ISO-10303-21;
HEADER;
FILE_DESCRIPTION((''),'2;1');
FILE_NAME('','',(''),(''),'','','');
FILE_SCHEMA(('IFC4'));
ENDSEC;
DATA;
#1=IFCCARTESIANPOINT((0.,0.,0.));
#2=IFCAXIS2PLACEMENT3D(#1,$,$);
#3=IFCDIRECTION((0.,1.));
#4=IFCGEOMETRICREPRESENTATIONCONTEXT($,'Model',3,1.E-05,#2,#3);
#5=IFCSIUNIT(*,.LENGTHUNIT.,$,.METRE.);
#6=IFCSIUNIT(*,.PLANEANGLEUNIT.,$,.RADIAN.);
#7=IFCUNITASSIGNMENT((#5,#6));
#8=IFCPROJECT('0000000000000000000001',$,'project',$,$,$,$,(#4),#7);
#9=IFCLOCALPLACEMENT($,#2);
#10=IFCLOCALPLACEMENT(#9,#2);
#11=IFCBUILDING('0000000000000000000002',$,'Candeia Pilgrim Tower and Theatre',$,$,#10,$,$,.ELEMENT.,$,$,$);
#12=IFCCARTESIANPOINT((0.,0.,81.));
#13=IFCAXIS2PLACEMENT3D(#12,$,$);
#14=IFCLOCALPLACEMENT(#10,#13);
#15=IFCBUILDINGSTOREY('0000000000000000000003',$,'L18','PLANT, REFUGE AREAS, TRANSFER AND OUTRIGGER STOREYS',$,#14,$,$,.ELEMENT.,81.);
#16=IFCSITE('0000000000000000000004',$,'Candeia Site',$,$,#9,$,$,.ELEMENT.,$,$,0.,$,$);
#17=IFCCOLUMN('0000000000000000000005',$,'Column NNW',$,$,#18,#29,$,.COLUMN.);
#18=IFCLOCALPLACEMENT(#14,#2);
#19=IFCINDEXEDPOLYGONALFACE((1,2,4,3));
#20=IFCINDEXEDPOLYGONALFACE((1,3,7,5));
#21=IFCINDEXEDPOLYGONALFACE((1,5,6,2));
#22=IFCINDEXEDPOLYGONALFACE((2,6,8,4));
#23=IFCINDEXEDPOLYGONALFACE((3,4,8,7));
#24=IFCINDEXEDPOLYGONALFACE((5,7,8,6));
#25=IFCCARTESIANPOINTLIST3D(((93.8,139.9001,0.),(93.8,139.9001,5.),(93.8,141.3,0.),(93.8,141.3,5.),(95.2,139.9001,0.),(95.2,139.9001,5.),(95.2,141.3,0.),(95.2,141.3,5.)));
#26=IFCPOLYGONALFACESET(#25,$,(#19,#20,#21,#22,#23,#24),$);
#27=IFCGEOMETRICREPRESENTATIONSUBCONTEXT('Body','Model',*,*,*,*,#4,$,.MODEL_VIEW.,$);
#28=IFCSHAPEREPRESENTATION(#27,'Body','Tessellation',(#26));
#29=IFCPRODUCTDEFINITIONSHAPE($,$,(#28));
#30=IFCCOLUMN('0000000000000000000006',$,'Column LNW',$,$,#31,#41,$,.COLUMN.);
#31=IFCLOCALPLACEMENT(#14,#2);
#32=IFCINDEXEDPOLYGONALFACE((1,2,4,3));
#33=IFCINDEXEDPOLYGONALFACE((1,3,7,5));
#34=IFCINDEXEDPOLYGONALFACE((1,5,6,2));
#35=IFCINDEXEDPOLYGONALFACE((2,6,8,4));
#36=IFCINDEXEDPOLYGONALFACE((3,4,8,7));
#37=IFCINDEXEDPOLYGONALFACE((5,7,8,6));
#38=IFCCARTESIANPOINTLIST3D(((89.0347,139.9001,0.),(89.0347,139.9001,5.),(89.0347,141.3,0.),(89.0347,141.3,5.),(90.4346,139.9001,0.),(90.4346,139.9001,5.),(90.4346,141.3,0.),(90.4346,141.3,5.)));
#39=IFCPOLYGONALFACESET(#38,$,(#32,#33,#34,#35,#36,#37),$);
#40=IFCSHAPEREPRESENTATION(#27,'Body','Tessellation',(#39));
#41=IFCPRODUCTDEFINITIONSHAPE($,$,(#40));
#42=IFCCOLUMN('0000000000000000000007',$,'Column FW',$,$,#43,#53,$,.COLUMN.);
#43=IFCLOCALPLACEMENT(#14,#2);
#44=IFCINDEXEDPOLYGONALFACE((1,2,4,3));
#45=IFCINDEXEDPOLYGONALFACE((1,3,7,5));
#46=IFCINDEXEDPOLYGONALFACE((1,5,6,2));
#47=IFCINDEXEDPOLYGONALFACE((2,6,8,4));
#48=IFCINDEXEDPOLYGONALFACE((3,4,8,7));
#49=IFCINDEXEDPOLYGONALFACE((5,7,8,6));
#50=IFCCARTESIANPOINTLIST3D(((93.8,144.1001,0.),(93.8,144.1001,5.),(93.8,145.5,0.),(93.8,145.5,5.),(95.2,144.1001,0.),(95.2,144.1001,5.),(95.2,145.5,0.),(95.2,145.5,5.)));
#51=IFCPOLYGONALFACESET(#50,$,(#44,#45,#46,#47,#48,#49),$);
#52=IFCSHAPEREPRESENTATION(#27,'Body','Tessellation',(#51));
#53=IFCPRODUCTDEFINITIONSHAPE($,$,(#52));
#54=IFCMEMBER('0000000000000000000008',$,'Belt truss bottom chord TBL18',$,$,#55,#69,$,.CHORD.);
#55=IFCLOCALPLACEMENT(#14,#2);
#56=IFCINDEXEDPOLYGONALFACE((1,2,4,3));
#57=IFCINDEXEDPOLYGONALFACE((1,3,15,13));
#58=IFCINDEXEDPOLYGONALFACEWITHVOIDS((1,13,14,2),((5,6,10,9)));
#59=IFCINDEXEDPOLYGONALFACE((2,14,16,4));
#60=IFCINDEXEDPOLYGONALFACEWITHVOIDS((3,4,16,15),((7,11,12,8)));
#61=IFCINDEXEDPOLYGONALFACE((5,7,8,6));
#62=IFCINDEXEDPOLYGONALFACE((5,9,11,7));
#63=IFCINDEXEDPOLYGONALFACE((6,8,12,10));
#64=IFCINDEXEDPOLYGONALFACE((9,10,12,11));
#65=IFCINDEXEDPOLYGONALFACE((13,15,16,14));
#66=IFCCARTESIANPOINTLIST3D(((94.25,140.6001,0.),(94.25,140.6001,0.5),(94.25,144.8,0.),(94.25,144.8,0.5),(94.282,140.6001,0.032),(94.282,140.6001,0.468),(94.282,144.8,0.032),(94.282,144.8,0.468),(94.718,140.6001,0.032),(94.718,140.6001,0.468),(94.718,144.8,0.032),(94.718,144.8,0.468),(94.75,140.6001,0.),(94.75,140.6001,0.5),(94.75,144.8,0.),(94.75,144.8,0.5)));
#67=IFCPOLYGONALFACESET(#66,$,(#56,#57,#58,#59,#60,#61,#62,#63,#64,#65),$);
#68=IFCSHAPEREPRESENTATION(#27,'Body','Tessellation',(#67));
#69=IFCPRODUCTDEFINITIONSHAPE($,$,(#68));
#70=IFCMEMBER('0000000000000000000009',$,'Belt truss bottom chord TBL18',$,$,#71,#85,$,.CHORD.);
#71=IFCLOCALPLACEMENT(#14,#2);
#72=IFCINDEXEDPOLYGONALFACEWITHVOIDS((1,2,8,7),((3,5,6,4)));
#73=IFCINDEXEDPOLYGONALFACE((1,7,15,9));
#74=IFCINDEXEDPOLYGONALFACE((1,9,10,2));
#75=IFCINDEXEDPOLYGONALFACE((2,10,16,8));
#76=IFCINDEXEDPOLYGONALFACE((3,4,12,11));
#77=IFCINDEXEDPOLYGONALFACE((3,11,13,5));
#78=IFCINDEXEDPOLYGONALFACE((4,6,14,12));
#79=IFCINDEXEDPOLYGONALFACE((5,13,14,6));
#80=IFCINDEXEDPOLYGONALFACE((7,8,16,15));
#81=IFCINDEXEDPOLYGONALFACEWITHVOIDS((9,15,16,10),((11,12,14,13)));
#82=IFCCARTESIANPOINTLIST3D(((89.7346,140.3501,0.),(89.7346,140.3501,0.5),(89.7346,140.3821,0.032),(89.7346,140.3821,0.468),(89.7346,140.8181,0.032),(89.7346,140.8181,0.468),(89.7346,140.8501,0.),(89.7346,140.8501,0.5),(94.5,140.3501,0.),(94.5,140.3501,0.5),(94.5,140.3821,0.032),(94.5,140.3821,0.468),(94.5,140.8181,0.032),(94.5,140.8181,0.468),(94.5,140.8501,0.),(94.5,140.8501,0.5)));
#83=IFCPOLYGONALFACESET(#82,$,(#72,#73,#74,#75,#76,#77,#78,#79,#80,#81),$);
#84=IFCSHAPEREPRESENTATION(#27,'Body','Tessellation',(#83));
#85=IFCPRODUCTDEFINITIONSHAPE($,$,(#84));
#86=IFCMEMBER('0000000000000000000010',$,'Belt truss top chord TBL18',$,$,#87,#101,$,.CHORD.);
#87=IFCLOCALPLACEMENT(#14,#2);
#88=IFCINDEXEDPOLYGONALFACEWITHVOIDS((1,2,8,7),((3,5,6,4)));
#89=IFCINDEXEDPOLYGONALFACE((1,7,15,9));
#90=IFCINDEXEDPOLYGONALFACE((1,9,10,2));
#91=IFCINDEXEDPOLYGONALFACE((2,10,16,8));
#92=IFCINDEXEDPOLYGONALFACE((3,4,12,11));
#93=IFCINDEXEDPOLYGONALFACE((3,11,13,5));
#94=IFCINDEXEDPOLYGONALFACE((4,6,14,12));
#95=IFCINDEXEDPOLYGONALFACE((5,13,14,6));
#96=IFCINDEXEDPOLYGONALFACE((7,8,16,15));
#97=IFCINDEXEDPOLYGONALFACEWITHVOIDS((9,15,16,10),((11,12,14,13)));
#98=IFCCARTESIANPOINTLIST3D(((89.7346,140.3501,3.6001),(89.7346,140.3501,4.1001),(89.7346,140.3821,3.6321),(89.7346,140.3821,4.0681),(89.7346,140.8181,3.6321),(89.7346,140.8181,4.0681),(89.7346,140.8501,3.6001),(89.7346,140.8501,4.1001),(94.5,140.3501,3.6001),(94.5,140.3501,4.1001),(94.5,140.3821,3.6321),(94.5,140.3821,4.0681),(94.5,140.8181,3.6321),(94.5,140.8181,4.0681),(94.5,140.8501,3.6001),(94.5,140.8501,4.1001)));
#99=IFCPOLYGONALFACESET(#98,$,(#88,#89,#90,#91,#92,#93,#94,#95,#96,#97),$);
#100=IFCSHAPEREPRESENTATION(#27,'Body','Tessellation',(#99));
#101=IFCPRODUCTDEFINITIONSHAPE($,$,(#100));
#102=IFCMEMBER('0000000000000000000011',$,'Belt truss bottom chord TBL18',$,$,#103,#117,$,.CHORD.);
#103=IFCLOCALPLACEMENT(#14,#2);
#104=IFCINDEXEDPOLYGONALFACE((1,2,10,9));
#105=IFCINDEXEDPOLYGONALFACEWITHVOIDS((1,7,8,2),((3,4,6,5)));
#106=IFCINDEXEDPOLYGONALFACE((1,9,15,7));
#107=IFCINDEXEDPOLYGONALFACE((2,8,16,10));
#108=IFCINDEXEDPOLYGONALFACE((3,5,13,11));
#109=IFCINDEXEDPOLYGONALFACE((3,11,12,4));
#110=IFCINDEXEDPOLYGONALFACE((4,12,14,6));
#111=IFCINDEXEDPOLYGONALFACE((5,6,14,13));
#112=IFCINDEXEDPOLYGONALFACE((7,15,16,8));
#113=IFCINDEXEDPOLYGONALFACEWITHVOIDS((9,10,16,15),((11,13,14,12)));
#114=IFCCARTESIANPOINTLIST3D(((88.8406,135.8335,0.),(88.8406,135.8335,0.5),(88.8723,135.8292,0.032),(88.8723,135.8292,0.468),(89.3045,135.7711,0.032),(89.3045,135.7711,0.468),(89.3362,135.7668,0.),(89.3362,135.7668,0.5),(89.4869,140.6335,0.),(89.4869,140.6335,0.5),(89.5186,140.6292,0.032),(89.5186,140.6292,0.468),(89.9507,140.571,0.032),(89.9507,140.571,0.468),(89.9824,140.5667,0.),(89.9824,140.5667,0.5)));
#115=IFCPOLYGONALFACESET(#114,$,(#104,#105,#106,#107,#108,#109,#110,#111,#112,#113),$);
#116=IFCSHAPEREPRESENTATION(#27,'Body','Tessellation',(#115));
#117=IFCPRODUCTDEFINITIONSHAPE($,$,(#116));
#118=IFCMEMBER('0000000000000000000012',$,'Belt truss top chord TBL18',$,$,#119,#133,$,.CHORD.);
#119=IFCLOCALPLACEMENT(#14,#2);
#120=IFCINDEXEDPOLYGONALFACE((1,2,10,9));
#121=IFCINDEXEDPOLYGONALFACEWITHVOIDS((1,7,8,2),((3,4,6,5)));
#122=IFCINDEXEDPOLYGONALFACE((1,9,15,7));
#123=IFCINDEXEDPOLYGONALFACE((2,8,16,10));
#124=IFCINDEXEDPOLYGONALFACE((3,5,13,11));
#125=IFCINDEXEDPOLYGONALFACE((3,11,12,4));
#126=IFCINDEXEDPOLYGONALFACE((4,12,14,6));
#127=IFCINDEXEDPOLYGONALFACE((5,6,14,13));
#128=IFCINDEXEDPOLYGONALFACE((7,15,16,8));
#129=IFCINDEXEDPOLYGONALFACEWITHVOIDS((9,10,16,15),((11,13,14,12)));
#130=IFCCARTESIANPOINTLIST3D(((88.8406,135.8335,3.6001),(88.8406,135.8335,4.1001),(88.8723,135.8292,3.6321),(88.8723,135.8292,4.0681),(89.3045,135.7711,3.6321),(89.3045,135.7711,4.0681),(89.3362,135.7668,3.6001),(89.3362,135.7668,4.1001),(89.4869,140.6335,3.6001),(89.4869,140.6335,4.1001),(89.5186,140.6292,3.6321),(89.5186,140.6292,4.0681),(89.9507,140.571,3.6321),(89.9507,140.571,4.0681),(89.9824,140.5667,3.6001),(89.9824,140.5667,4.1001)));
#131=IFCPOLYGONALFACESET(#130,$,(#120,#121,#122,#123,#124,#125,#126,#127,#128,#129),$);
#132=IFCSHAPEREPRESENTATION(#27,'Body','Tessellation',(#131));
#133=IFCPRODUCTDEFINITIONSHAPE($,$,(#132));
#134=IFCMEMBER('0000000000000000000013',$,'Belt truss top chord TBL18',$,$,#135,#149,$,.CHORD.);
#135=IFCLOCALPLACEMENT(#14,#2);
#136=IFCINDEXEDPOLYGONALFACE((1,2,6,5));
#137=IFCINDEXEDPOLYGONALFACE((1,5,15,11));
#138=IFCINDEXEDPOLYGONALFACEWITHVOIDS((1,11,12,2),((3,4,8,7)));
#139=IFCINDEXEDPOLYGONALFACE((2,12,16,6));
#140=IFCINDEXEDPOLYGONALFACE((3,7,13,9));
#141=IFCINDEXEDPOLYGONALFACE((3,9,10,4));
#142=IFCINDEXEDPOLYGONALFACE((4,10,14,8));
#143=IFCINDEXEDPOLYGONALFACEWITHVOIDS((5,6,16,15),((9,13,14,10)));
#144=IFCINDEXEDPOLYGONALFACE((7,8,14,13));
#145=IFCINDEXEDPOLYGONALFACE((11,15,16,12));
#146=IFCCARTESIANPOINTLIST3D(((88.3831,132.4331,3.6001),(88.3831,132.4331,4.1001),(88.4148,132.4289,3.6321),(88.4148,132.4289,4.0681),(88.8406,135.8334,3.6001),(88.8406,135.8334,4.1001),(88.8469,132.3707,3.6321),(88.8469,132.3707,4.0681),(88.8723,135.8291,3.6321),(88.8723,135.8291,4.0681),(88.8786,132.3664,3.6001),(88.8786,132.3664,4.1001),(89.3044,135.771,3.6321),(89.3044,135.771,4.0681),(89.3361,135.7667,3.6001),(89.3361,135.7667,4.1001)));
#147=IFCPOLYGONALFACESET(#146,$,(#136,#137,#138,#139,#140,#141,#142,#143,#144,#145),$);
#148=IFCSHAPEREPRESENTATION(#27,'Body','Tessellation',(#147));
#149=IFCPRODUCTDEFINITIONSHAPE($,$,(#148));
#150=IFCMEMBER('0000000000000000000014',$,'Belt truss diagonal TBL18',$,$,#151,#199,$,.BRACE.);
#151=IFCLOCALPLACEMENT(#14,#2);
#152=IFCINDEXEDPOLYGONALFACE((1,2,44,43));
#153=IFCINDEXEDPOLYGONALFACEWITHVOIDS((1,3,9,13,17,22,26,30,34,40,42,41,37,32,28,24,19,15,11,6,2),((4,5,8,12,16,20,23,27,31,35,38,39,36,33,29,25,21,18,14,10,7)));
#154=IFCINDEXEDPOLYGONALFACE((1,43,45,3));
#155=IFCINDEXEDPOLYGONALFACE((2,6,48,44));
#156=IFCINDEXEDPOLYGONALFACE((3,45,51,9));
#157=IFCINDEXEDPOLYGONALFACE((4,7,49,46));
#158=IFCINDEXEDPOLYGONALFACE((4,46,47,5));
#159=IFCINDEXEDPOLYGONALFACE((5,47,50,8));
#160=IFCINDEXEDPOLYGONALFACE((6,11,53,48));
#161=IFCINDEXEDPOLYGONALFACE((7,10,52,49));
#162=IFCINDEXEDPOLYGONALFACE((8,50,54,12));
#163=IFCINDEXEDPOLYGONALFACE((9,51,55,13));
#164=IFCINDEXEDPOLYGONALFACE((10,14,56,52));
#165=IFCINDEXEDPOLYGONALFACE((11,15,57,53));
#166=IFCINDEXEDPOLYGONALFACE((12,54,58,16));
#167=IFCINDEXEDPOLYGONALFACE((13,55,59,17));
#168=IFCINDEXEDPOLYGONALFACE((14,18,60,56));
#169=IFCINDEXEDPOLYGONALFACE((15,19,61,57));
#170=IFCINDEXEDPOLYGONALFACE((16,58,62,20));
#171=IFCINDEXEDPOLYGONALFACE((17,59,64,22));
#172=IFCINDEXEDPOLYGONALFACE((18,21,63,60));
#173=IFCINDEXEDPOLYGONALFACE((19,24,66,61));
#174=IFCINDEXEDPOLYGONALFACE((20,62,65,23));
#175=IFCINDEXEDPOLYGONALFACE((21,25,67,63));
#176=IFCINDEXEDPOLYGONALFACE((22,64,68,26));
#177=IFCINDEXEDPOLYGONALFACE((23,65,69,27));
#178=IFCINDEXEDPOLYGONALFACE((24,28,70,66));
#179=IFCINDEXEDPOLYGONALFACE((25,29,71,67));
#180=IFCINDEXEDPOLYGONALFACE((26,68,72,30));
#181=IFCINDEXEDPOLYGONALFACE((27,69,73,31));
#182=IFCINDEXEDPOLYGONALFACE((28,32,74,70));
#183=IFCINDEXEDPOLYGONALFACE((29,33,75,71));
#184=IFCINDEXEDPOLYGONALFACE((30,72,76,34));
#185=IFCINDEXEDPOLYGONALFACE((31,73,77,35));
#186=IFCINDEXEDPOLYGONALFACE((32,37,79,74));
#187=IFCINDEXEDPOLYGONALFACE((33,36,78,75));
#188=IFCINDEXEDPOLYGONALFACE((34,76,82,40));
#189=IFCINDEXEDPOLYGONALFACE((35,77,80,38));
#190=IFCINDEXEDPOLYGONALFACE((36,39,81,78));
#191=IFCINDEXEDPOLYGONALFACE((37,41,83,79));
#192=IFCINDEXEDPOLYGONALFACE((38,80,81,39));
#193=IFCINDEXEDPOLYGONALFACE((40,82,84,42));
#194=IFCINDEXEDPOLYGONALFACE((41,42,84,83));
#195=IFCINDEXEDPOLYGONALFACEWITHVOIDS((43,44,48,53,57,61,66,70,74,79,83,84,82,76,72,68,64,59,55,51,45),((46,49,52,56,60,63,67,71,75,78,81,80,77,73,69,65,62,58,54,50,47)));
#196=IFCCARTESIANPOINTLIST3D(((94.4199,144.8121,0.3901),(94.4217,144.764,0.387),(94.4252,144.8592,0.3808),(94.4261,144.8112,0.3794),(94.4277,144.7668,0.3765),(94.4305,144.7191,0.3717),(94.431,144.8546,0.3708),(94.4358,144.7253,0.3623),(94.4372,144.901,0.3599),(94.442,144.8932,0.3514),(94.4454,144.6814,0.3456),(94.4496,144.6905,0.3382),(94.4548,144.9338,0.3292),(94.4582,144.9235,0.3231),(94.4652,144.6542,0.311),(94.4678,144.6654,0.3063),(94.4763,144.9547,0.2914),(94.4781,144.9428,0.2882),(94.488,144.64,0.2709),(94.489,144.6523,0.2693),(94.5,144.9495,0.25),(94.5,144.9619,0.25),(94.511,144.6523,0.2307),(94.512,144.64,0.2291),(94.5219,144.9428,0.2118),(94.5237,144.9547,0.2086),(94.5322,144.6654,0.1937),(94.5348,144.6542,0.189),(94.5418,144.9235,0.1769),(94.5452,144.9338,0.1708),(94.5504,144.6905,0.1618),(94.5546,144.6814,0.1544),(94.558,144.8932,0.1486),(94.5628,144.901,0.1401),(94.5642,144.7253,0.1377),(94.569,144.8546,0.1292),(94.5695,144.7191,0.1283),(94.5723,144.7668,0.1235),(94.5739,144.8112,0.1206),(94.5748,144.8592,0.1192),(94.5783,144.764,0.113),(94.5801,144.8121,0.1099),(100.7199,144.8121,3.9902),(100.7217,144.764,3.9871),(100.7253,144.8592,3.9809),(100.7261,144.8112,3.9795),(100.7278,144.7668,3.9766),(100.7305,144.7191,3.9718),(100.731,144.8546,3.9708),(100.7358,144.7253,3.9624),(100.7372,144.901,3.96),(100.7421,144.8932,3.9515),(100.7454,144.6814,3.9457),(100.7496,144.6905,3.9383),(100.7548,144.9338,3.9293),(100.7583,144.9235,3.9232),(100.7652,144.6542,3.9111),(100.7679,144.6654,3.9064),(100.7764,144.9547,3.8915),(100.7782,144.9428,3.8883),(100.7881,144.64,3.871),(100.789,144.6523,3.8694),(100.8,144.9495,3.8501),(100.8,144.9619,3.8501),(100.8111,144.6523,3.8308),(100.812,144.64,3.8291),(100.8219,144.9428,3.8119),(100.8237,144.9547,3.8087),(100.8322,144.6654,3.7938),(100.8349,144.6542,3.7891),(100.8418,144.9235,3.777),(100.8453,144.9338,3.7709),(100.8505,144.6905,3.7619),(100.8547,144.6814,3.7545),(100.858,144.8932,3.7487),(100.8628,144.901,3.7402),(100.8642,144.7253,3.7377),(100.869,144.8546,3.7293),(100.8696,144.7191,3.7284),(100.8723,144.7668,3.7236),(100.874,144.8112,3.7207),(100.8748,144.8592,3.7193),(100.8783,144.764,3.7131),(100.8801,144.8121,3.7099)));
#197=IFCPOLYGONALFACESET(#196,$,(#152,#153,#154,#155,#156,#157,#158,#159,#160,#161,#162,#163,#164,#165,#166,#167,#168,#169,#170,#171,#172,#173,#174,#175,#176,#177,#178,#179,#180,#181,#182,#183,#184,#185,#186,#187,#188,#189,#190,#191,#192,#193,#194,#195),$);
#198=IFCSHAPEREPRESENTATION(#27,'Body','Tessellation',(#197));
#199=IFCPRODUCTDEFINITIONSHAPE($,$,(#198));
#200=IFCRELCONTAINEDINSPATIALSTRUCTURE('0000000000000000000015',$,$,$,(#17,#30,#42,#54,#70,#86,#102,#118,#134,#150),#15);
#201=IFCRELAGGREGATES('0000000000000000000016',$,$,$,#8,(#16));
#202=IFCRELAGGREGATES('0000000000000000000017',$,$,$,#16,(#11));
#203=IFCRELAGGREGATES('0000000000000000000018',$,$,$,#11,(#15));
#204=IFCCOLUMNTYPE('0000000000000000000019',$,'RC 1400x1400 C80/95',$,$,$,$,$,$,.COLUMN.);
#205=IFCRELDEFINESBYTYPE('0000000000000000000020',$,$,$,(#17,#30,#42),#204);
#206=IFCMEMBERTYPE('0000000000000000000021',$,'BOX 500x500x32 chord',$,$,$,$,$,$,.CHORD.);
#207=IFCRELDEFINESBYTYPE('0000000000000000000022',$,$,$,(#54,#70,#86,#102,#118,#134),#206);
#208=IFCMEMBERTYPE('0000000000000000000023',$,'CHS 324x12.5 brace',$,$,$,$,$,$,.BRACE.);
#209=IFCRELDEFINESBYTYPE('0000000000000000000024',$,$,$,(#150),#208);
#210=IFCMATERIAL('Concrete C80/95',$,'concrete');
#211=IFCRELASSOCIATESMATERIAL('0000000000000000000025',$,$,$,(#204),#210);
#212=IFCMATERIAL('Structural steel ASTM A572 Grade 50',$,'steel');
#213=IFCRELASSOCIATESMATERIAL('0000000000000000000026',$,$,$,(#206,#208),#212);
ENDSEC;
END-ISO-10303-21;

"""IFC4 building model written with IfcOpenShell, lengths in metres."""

from ifc_helpers import new_model, si_unit, direction, frame, origin, origin_2d, place, context, subcontext, project, spatial, rectangle, hollow_rectangle, hollow_circle, extrude, material, material_profile, profile_set, type_object, element, save


model = new_model("IFC4")

# Units and contexts
model_context = context("Model", 3, precision=1e-05, world=origin(), true_north=direction((0.0, 1.0)))
body_context = subcontext(model_context, "Body", "Model", "MODEL_VIEW")
ifc_project = project(units=[si_unit("LENGTHUNIT", "METRE"), si_unit("PLANEANGLEUNIT", "RADIAN")], contexts=[model_context])

# Site, building, storey
site_placement = place(None, origin())
site = spatial("IfcSite", under=ifc_project, at=site_placement, Name="Candeia Site", CompositionType="ELEMENT", RefElevation=0.0)
building_placement = place(site_placement, origin())
building = spatial("IfcBuilding", under=site, at=building_placement, Name="Candeia Pilgrim Tower and Theatre", CompositionType="ELEMENT")
storey_placement = place(building_placement, frame((0.0, 0.0, 81.0)))
storey = spatial("IfcBuildingStorey", under=building, at=storey_placement, Name="L18", Description="PLANT, REFUGE AREAS, TRANSFER AND OUTRIGGER STOREYS", CompositionType="ELEMENT", Elevation=81.0)

# Columns
ifc_material_1 = material(Name="Concrete C80/95", Category="concrete")
ifc_material_profile_1 = material_profile(ifc_material_1, rectangle(XDim=1.3999, YDim=1.3999, at=origin_2d()))
ifc_profile_set_1 = profile_set([ifc_material_profile_1], Name="Concrete C80/95")
column_type = type_object("IfcColumnType", Name="RC 1400x1400 C80/95", PredefinedType="COLUMN", material=ifc_profile_set_1)
for number, where, z_axis, x_axis, name in (
    (1, (94.5, 140.6001, 0.0), (0.0, 0.0, 1.0), (1.0, 0.0, 0.0), "Column NNW"),
    (2, (89.7346, 140.6001, 0.0), (0.0, 0.0, 1.0), (1.0, 0.0, 0.0), "Column LNW"),
    (3, (94.5, 144.8, 0.0), (0.0, 0.0, 1.0), (1.0, 0.0, 0.0), "Column FW"),
):
    element("IfcColumn", number, at=place(storey_placement, frame(where, z_axis=z_axis, x_axis=x_axis)), inside=storey, type_object=column_type, Name=name, PredefinedType="COLUMN", context=body_context, shape_type="SweptSolid", body=[
        extrude(rectangle(XDim=1.3999, YDim=1.3999, at=origin_2d()), origin(), (0.0, 0.0, 1.0), 5.0),
    ])

# Members
ifc_material_2 = material(Name="Structural steel ASTM A572 Grade 50", Category="steel")
ifc_material_profile_2 = material_profile(ifc_material_2, hollow_rectangle(XDim=0.5, YDim=0.5, WallThickness=0.032, at=origin_2d()))
ifc_profile_set_2 = profile_set([ifc_material_profile_2], Name="Structural steel ASTM A572 Grade 50")
member_type_1 = type_object("IfcMemberType", Name="BOX 500x500x32 chord", PredefinedType="CHORD", material=ifc_profile_set_2)
member_1_placement = place(storey_placement, frame((94.5, 144.8, 0.25), z_axis=(0.0, -1.0, 0.0), x_axis=(1.0, 0.0, 0.0)))
element("IfcMember", 4, at=member_1_placement, inside=storey, type_object=member_type_1, Name="Belt truss bottom chord TBL18", PredefinedType="CHORD", context=body_context, shape_type="SweptSolid", body=[
    extrude(hollow_rectangle(XDim=0.5, YDim=0.5, WallThickness=0.032, at=origin_2d()), origin(), (0.0, 0.0, 1.0), 4.2),
])
for number, where, z_axis, x_axis, name in (
    (5, (94.5, 140.6001, 0.25), (-1.0, 0.0, 0.0), (0.0, -1.0, 0.0), "Belt truss bottom chord TBL18"),
    (6, (94.5, 140.6001, 3.8501), (-1.0, 0.0, 0.0), (0.0, -1.0, 0.0), "Belt truss top chord TBL18"),
):
    element("IfcMember", number, at=place(storey_placement, frame(where, z_axis=z_axis, x_axis=x_axis)), inside=storey, type_object=member_type_1, Name=name, PredefinedType="CHORD", context=body_context, shape_type="SweptSolid", body=[
        extrude(hollow_rectangle(XDim=0.5, YDim=0.5, WallThickness=0.032, at=origin_2d()), origin(), (0.0, 0.0, 1.0), 4.7654),
    ])
for number, where, z_axis, x_axis, name in (
    (7, (89.7346, 140.6001, 0.25), (-0.133428, -0.991058, 0.0), (0.991058, -0.133428, 0.0), "Belt truss bottom chord TBL18"),
    (8, (89.7346, 140.6001, 3.8501), (-0.133428, -0.991058, 0.0), (0.991058, -0.133428, 0.0), "Belt truss top chord TBL18"),
):
    element("IfcMember", number, at=place(storey_placement, frame(where, z_axis=z_axis, x_axis=x_axis)), inside=storey, type_object=member_type_1, Name=name, PredefinedType="CHORD", context=body_context, shape_type="SweptSolid", body=[
        extrude(hollow_rectangle(XDim=0.5, YDim=0.5, WallThickness=0.032, at=origin_2d()), origin(), (0.0, 0.0, 1.0), 4.8433),
    ])
member_2_placement = place(storey_placement, frame((89.0884, 135.8, 3.8501), z_axis=(-0.133357, -0.991068, 0.0), x_axis=(0.991068, -0.133357, 0.0)))
element("IfcMember", 9, at=member_2_placement, inside=storey, type_object=member_type_1, Name="Belt truss top chord TBL18", PredefinedType="CHORD", context=body_context, shape_type="SweptSolid", body=[
    extrude(hollow_rectangle(XDim=0.5, YDim=0.5, WallThickness=0.032, at=origin_2d()), origin(), (0.0, 0.0, 1.0), 3.4309),
])
ifc_material_profile_3 = material_profile(ifc_material_2, hollow_circle(Radius=0.1619, WallThickness=0.0125, at=origin_2d()))
ifc_profile_set_3 = profile_set([ifc_material_profile_3], Name="Structural steel ASTM A572 Grade 50")
member_type_2 = type_object("IfcMemberType", Name="CHS 324x12.5 brace", PredefinedType="BRACE", material=ifc_profile_set_3)
member_3_placement = place(storey_placement, frame((94.5, 144.8, 0.25), z_axis=(0.868239, 0.0, 0.496146), x_axis=(0.0, 1.0, 0.0)))
element("IfcMember", 10, at=member_3_placement, inside=storey, type_object=member_type_2, Name="Belt truss diagonal TBL18", PredefinedType="BRACE", context=body_context, shape_type="SweptSolid", body=[
    extrude(hollow_circle(Radius=0.1619, WallThickness=0.0125, at=origin_2d()), origin(), (0.0, 0.0, 1.0), 7.2561),
])

save(model, "model.ifc")
